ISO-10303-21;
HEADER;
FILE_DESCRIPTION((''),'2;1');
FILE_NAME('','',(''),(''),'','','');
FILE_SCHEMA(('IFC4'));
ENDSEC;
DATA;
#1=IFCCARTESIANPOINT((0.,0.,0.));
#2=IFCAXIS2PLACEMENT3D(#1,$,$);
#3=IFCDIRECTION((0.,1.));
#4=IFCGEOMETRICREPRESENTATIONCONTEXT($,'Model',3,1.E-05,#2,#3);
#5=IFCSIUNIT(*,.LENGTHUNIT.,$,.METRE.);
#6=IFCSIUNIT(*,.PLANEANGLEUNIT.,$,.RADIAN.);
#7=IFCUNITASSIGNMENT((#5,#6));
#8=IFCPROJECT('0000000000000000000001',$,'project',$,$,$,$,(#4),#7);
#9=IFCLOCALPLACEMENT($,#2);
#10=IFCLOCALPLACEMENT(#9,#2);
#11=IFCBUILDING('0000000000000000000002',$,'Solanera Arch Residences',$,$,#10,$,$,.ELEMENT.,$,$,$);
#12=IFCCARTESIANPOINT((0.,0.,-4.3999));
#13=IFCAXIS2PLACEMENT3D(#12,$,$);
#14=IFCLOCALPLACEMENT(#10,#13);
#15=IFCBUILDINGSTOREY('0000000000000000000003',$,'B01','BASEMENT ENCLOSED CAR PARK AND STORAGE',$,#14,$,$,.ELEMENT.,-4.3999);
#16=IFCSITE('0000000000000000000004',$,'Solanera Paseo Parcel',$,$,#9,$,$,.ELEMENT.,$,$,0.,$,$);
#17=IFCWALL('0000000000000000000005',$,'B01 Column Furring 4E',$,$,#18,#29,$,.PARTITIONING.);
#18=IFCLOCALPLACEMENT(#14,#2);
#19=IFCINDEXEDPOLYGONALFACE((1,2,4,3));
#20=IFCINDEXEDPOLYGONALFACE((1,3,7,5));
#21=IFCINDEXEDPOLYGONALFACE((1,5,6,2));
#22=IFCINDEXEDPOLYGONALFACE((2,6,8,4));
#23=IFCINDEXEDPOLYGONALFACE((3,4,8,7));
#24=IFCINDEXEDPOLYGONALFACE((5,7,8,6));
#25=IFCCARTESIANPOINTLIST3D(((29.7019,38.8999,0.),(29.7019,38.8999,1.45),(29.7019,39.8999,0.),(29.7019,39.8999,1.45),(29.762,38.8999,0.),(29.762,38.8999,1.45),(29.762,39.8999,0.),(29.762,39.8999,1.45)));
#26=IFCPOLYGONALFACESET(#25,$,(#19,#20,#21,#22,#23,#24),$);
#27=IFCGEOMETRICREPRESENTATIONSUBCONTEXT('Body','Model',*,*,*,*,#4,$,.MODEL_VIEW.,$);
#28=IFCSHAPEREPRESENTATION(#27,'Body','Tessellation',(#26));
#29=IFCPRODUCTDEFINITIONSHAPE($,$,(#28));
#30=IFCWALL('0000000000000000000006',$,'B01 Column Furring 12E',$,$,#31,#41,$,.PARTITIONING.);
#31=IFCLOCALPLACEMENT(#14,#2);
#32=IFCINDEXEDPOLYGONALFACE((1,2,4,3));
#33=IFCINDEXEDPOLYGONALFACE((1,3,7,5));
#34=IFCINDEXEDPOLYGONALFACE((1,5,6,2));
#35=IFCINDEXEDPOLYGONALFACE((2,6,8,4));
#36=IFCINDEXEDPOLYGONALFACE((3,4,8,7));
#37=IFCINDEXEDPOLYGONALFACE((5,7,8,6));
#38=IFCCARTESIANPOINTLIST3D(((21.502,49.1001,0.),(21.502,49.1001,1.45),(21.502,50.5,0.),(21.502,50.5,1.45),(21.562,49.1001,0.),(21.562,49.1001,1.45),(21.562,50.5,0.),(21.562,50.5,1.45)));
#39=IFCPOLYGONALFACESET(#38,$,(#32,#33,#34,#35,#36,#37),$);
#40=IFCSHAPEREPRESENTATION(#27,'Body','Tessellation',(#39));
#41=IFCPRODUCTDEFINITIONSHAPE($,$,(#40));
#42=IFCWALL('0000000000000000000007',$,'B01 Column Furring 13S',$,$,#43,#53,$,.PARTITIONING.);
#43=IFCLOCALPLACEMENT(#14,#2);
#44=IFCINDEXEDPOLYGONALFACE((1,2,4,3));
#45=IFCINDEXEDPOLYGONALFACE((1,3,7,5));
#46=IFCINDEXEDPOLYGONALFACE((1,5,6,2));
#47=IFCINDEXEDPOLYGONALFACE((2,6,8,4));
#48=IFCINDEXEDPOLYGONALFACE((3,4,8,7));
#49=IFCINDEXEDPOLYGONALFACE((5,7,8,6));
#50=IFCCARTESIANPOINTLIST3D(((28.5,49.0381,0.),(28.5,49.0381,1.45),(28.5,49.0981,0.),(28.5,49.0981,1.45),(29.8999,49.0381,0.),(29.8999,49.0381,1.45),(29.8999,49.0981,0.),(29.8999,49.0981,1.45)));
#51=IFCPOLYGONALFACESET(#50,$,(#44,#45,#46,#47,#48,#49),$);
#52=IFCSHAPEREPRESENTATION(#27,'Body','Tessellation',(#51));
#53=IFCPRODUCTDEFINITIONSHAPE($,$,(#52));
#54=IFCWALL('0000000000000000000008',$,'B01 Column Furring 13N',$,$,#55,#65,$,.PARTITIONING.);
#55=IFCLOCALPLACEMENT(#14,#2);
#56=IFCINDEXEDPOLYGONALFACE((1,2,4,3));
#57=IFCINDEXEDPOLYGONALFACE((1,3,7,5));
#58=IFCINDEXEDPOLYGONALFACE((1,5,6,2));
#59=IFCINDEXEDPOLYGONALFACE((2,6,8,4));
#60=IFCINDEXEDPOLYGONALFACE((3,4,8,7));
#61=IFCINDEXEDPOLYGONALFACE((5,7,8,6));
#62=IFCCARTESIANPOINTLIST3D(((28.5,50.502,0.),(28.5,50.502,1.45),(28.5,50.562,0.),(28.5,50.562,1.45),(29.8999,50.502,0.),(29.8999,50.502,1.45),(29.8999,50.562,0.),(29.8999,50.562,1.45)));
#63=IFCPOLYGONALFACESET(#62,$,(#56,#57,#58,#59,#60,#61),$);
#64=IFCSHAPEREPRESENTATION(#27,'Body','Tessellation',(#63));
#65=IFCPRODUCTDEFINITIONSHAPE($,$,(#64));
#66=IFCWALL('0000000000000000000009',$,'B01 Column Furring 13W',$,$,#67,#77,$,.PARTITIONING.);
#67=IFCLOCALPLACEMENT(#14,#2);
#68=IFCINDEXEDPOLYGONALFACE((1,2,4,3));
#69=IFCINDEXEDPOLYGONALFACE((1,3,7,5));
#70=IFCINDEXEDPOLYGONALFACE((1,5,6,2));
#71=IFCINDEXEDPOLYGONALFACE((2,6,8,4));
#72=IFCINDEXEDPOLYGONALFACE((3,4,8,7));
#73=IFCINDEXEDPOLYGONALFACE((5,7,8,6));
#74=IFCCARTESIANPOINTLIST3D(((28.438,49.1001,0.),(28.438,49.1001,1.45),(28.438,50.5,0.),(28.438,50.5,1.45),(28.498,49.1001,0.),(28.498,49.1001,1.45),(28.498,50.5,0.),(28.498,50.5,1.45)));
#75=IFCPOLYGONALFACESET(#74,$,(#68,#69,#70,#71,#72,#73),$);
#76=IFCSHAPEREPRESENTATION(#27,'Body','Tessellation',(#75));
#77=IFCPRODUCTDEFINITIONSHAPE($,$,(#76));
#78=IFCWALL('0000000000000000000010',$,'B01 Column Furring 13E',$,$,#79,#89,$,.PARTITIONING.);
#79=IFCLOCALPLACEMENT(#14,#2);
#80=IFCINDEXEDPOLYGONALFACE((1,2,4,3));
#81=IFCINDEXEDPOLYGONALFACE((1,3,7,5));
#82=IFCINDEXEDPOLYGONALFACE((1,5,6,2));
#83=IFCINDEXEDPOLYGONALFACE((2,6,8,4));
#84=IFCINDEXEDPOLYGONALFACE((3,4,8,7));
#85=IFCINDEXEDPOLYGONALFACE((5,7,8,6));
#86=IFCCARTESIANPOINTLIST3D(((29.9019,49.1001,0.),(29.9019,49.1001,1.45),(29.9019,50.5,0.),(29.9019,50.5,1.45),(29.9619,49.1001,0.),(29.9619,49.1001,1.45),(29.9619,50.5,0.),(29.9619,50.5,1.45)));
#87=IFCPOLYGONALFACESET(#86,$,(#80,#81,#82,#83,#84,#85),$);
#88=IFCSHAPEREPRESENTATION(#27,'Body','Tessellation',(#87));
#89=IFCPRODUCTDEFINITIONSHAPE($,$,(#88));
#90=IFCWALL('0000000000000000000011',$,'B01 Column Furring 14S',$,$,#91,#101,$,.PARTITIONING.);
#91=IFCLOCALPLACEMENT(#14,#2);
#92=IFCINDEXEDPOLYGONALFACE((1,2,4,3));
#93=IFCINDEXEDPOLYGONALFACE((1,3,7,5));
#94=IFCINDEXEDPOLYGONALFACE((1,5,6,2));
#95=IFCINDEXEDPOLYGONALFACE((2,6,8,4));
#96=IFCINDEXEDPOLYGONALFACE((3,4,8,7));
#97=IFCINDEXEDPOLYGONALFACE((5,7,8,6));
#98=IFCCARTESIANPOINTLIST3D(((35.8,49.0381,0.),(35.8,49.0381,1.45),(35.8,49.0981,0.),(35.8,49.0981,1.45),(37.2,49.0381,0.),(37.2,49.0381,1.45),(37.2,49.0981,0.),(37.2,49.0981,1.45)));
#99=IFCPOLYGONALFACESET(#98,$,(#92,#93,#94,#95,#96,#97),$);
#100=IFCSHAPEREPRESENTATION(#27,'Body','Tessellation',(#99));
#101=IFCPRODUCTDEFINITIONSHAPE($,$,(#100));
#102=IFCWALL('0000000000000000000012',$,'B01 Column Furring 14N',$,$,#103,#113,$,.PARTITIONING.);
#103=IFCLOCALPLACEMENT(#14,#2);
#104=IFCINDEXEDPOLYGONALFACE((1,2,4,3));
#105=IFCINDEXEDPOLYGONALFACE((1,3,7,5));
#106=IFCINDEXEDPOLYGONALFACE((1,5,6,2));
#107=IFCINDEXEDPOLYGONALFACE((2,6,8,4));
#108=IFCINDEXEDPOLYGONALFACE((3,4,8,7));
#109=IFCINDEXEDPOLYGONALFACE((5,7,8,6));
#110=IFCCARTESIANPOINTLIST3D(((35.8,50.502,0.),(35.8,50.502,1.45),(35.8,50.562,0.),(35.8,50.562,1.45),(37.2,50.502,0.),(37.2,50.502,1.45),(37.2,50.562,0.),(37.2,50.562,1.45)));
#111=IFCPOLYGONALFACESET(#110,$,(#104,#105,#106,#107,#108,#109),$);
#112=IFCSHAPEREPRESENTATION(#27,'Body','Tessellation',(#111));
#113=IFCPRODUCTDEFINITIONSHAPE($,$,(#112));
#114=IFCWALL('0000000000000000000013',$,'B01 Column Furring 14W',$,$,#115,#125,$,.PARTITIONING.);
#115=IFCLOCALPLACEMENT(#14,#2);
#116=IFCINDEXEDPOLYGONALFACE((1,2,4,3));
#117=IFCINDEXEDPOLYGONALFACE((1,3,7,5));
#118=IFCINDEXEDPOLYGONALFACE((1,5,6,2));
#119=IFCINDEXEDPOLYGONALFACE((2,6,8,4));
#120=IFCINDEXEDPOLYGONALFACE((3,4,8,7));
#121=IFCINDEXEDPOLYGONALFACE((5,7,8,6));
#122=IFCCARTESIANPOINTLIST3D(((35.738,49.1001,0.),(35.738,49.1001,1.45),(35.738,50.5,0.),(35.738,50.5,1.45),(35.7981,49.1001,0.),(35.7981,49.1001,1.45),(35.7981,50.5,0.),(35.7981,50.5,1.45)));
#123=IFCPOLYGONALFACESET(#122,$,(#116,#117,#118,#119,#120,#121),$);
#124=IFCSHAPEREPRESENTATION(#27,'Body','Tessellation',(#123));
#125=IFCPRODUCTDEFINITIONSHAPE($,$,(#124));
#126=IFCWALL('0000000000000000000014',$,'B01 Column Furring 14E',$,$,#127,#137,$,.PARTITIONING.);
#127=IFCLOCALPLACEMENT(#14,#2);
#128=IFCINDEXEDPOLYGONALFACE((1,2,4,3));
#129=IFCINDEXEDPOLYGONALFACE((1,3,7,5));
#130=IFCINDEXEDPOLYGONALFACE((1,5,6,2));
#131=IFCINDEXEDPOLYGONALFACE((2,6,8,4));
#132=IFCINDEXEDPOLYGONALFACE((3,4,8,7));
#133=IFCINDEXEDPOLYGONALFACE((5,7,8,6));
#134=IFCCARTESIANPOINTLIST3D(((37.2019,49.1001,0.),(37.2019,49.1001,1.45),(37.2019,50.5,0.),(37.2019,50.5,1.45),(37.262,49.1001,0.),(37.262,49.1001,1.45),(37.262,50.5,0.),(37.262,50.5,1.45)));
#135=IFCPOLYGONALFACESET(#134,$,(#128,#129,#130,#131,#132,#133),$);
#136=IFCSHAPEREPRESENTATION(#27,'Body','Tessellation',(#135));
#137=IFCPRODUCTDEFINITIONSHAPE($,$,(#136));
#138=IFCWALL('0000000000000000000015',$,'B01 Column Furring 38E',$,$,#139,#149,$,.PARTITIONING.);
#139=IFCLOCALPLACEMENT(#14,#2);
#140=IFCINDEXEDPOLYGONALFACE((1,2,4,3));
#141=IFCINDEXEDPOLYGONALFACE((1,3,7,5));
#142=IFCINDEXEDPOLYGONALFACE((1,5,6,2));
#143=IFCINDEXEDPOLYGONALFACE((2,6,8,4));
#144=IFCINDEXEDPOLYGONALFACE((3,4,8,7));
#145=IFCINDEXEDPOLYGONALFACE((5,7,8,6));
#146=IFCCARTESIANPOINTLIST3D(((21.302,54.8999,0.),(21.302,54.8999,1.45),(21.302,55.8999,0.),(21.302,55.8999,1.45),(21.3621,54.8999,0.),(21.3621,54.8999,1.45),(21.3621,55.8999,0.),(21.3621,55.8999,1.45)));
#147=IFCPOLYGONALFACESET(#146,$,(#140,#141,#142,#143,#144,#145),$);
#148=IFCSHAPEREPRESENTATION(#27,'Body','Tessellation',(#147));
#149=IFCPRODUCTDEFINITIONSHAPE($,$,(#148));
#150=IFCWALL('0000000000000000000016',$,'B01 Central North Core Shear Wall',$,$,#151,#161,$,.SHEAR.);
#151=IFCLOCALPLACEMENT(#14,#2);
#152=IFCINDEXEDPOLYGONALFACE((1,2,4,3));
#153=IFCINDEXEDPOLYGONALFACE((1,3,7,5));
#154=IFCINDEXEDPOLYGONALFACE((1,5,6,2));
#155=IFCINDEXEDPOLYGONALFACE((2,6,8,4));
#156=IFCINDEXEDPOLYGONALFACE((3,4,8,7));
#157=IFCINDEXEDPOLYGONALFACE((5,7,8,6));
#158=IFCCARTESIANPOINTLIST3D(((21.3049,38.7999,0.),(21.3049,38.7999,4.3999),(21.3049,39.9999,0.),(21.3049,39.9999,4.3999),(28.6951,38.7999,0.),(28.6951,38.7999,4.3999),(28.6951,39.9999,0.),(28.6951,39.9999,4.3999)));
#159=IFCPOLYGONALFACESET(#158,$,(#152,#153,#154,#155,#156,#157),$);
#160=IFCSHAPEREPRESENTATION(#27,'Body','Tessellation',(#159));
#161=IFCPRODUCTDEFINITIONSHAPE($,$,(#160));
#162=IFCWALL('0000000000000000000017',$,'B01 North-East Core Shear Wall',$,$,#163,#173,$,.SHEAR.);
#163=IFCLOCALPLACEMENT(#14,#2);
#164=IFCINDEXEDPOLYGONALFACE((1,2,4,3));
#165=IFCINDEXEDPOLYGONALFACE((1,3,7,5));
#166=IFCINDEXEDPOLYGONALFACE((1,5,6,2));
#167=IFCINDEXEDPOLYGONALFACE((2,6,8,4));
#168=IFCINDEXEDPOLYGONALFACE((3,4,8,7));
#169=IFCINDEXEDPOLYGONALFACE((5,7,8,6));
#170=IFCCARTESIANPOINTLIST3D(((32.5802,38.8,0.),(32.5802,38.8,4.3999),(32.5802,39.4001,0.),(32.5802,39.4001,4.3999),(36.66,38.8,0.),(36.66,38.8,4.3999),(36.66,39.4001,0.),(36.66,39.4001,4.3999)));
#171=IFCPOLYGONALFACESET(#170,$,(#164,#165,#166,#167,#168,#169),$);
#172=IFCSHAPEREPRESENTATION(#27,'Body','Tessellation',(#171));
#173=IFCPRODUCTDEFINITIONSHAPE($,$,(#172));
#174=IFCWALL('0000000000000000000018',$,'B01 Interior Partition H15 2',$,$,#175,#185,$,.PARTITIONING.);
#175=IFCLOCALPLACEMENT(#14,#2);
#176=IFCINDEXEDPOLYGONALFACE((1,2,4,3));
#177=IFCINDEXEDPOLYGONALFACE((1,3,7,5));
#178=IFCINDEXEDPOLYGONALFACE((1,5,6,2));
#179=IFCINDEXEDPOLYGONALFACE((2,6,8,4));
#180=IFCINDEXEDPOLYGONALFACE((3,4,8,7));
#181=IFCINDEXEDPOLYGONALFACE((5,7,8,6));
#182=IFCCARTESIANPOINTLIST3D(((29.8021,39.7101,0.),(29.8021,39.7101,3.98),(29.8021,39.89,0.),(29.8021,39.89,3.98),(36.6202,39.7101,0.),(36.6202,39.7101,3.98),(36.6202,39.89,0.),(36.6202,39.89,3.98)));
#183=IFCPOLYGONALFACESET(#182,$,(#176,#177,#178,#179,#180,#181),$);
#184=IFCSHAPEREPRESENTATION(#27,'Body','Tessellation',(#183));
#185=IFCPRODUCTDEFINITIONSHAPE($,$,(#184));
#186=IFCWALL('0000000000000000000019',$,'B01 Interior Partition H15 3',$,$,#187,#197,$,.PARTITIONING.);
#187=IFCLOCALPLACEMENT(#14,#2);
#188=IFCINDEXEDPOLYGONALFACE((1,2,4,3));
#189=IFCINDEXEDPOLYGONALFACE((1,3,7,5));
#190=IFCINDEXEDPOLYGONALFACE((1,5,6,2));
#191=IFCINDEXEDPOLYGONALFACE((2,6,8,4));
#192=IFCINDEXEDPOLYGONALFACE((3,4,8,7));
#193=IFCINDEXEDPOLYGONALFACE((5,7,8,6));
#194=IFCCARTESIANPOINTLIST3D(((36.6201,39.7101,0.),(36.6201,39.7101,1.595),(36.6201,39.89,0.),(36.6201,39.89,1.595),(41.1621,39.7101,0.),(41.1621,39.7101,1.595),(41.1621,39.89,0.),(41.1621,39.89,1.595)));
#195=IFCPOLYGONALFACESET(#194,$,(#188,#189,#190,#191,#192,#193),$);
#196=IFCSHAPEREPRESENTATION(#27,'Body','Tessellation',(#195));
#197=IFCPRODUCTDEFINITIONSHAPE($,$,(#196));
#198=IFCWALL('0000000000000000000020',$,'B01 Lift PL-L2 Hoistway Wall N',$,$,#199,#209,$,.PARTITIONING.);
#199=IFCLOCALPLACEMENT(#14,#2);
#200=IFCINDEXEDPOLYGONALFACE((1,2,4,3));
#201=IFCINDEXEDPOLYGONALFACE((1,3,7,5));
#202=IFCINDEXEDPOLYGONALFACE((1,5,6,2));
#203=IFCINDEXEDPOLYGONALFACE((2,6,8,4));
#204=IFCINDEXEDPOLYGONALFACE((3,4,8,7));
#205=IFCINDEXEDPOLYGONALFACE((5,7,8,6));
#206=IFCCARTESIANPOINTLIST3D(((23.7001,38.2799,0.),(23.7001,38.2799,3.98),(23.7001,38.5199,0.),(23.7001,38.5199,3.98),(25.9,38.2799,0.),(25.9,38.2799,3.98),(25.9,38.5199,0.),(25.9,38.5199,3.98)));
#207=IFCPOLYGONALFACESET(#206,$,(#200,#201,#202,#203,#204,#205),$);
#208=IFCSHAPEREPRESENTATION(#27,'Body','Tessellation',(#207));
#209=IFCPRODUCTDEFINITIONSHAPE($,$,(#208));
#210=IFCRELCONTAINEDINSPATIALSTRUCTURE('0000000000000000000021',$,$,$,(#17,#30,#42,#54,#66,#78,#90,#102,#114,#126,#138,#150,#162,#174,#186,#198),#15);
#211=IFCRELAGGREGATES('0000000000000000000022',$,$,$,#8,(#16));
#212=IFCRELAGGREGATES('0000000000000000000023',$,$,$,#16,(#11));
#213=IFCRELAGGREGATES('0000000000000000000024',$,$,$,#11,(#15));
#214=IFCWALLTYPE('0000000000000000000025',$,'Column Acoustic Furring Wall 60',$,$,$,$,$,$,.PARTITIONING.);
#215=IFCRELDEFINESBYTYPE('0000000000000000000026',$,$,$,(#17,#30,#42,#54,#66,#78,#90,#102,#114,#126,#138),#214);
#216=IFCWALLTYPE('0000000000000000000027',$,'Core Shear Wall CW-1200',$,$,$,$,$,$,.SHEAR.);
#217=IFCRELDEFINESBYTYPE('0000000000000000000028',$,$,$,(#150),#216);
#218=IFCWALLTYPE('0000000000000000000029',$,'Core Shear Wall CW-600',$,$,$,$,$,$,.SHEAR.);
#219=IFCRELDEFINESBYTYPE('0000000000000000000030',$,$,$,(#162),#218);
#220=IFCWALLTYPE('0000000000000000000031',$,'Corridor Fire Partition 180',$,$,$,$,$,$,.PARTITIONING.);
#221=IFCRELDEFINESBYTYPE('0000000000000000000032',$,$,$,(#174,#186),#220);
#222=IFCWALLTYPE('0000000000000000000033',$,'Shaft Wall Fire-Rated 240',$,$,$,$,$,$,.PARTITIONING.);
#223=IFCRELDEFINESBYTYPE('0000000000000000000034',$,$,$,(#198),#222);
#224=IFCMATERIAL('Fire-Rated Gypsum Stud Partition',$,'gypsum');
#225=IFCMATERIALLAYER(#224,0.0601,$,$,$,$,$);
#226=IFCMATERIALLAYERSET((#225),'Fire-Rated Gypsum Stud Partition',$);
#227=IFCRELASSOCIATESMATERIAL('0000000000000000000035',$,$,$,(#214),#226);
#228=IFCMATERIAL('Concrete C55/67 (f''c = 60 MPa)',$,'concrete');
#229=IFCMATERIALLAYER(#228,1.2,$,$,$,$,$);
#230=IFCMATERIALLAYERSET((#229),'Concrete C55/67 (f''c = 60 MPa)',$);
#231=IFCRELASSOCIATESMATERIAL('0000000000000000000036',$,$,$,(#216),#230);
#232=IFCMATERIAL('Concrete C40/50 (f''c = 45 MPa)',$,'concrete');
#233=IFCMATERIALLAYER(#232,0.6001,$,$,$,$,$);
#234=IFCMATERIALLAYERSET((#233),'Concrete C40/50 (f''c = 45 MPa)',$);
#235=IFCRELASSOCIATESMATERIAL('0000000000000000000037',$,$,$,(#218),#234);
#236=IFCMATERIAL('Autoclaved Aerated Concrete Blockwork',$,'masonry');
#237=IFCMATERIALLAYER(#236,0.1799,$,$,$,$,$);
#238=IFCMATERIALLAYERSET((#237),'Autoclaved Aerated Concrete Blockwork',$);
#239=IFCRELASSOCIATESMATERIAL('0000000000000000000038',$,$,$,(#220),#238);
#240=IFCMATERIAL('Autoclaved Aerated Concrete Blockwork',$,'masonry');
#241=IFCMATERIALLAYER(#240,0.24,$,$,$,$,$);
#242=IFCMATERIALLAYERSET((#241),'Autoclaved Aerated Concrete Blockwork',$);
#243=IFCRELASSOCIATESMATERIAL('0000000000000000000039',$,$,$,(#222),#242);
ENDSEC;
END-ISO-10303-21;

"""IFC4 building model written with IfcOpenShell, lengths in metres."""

from ifc_helpers import new_model, si_unit, direction, frame, frame_2d, origin, place, context, subcontext, project, spatial, rectangle, extrude, material, layer, layer_set, type_object, element, save


model = new_model("IFC4")

# Units and contexts
model_context = context("Model", 3, precision=1e-05, world=origin(), true_north=direction((0.0, 1.0)))
body_context = subcontext(model_context, "Body", "Model", "MODEL_VIEW")
ifc_project = project(units=[si_unit("LENGTHUNIT", "METRE"), si_unit("PLANEANGLEUNIT", "RADIAN")], contexts=[model_context])

# Site, building, storey
site_placement = place(None, origin())
site = spatial("IfcSite", under=ifc_project, at=site_placement, Name="Solanera Paseo Parcel", CompositionType="ELEMENT", RefElevation=0.0)
building_placement = place(site_placement, origin())
building = spatial("IfcBuilding", under=site, at=building_placement, Name="Solanera Arch Residences", CompositionType="ELEMENT")
storey_placement = place(building_placement, frame((0.0, 0.0, -4.3999)))
storey = spatial("IfcBuildingStorey", under=building, at=storey_placement, Name="B01", Description="BASEMENT ENCLOSED CAR PARK AND STORAGE", CompositionType="ELEMENT", Elevation=-4.3999)

# Walls
ifc_material_1 = material(Name="Fire-Rated Gypsum Stud Partition", Category="gypsum")
ifc_layer_1 = layer(ifc_material_1, 0.0601)
ifc_layer_set_1 = layer_set([ifc_layer_1], Name="Fire-Rated Gypsum Stud Partition")
wall_type_1 = type_object("IfcWallType", Name="Column Acoustic Furring Wall 60", PredefinedType="PARTITIONING", material=ifc_layer_set_1)
wall_1_placement = place(storey_placement, frame((29.7319, 38.8999, 0.0), z_axis=(0.0, 0.0, 1.0), x_axis=(0.0, 1.0, 0.0)))
element("IfcWall", 1, at=wall_1_placement, inside=storey, type_object=wall_type_1, Name="B01 Column Furring 4E", PredefinedType="PARTITIONING", context=body_context, shape_type="SweptSolid", body=[
    extrude(rectangle(XDim=1.0, YDim=0.0601, at=frame_2d((0.5, 0.0))), origin(), (0.0, 0.0, 1.0), 1.45),
])
for number, where, z_axis, x_axis, name in (
    (2, (21.532, 49.1001, 0.0), (0.0, 0.0, 1.0), (0.0, 1.0, 0.0), "B01 Column Furring 12E"),
    (3, (28.5, 49.0681, 0.0), (0.0, 0.0, 1.0), (1.0, 0.0, 0.0), "B01 Column Furring 13S"),
    (4, (28.5, 50.532, 0.0), (0.0, 0.0, 1.0), (1.0, 0.0, 0.0), "B01 Column Furring 13N"),
    (5, (28.468, 49.1001, 0.0), (0.0, 0.0, 1.0), (0.0, 1.0, 0.0), "B01 Column Furring 13W"),
    (6, (29.9319, 49.1001, 0.0), (0.0, 0.0, 1.0), (0.0, 1.0, 0.0), "B01 Column Furring 13E"),
    (7, (35.8, 49.0681, 0.0), (0.0, 0.0, 1.0), (1.0, 0.0, 0.0), "B01 Column Furring 14S"),
    (8, (35.8, 50.532, 0.0), (0.0, 0.0, 1.0), (1.0, 0.0, 0.0), "B01 Column Furring 14N"),
    (9, (35.7681, 49.1001, 0.0), (0.0, 0.0, 1.0), (0.0, 1.0, 0.0), "B01 Column Furring 14W"),
    (10, (37.2319, 49.1001, 0.0), (0.0, 0.0, 1.0), (0.0, 1.0, 0.0), "B01 Column Furring 14E"),
):
    element("IfcWall", number, at=place(storey_placement, frame(where, z_axis=z_axis, x_axis=x_axis)), inside=storey, type_object=wall_type_1, Name=name, PredefinedType="PARTITIONING", context=body_context, shape_type="SweptSolid", body=[
        extrude(rectangle(XDim=1.3999, YDim=0.0601, at=frame_2d((0.7, 0.0))), origin(), (0.0, 0.0, 1.0), 1.45),
    ])
wall_2_placement = place(storey_placement, frame((21.332, 54.8999, 0.0), z_axis=(0.0, 0.0, 1.0), x_axis=(0.0, 1.0, 0.0)))
element("IfcWall", 11, at=wall_2_placement, inside=storey, type_object=wall_type_1, Name="B01 Column Furring 38E", PredefinedType="PARTITIONING", context=body_context, shape_type="SweptSolid", body=[
    extrude(rectangle(XDim=1.0, YDim=0.0601, at=frame_2d((0.5, 0.0))), origin(), (0.0, 0.0, 1.0), 1.45),
])
ifc_material_2 = material(Name="Concrete C55/67 (f'c = 60 MPa)", Category="concrete")
ifc_layer_2 = layer(ifc_material_2, 1.2)
ifc_layer_set_2 = layer_set([ifc_layer_2], Name="Concrete C55/67 (f'c = 60 MPa)")
wall_type_2 = type_object("IfcWallType", Name="Core Shear Wall CW-1200", PredefinedType="SHEAR", material=ifc_layer_set_2)
wall_3_placement = place(storey_placement, frame((21.3049, 39.3999, 0.0), z_axis=(0.0, 0.0, 1.0), x_axis=(1.0, 0.0, 0.0)))
element("IfcWall", 12, at=wall_3_placement, inside=storey, type_object=wall_type_2, Name="B01 Central North Core Shear Wall", PredefinedType="SHEAR", context=body_context, shape_type="SweptSolid", body=[
    extrude(rectangle(XDim=7.3901, YDim=1.2, at=frame_2d((3.6951, 0.0))), origin(), (0.0, 0.0, 1.0), 4.3999),
])
ifc_material_3 = material(Name="Concrete C40/50 (f'c = 45 MPa)", Category="concrete")
ifc_layer_3 = layer(ifc_material_3, 0.6001)
ifc_layer_set_3 = layer_set([ifc_layer_3], Name="Concrete C40/50 (f'c = 45 MPa)")
wall_type_3 = type_object("IfcWallType", Name="Core Shear Wall CW-600", PredefinedType="SHEAR", material=ifc_layer_set_3)
wall_4_placement = place(storey_placement, frame((32.5801, 39.1001, 0.0), z_axis=(0.0, 0.0, 1.0), x_axis=(1.0, 0.0, 0.0)))
element("IfcWall", 13, at=wall_4_placement, inside=storey, type_object=wall_type_3, Name="B01 North-East Core Shear Wall", PredefinedType="SHEAR", context=body_context, shape_type="SweptSolid", body=[
    extrude(rectangle(XDim=4.0798, YDim=0.6001, at=frame_2d((2.04, 0.0))), origin(), (0.0, 0.0, 1.0), 4.3999),
])
ifc_material_4 = material(Name="Autoclaved Aerated Concrete Blockwork", Category="masonry")
ifc_layer_4 = layer(ifc_material_4, 0.1799)
ifc_layer_set_4 = layer_set([ifc_layer_4], Name="Autoclaved Aerated Concrete Blockwork")
wall_type_4 = type_object("IfcWallType", Name="Corridor Fire Partition 180", PredefinedType="PARTITIONING", material=ifc_layer_set_4)
wall_5_placement = place(storey_placement, frame((29.802, 39.8, 0.0), z_axis=(0.0, 0.0, 1.0), x_axis=(1.0, 0.0, 0.0)))
element("IfcWall", 14, at=wall_5_placement, inside=storey, type_object=wall_type_4, Name="B01 Interior Partition H15 2", PredefinedType="PARTITIONING", context=body_context, shape_type="SweptSolid", body=[
    extrude(rectangle(XDim=6.8181, YDim=0.1799, at=frame_2d((3.4092, 0.0))), origin(), (0.0, 0.0, 1.0), 3.98),
])
wall_6_placement = place(storey_placement, frame((36.6201, 39.8, 0.0), z_axis=(0.0, 0.0, 1.0), x_axis=(1.0, 0.0, 0.0)))
element("IfcWall", 15, at=wall_6_placement, inside=storey, type_object=wall_type_4, Name="B01 Interior Partition H15 3", PredefinedType="PARTITIONING", context=body_context, shape_type="SweptSolid", body=[
    extrude(rectangle(XDim=4.542, YDim=0.1799, at=frame_2d((2.271, 0.0))), origin(), (0.0, 0.0, 1.0), 1.595),
])
ifc_material_5 = material(Name="Autoclaved Aerated Concrete Blockwork", Category="masonry")
ifc_layer_5 = layer(ifc_material_5, 0.24)
ifc_layer_set_5 = layer_set([ifc_layer_5], Name="Autoclaved Aerated Concrete Blockwork")
wall_type_5 = type_object("IfcWallType", Name="Shaft Wall Fire-Rated 240", PredefinedType="PARTITIONING", material=ifc_layer_set_5)
for number, where, z_axis, x_axis, name in (
    (16, (23.7, 38.3999, 0.0), (0.0, 0.0, 1.0), (1.0, 0.0, 0.0), "B01 Lift PL-L2 Hoistway Wall N"),
):
    element("IfcWall", number, at=place(storey_placement, frame(where, z_axis=z_axis, x_axis=x_axis)), inside=storey, type_object=wall_type_5, Name=name, PredefinedType="PARTITIONING", context=body_context, shape_type="SweptSolid", body=[
        extrude(rectangle(XDim=2.2, YDim=0.24, at=frame_2d((1.1001, 0.0))), origin(), (0.0, 0.0, 1.0), 3.98),
    ])

save(model, "model.ifc")
